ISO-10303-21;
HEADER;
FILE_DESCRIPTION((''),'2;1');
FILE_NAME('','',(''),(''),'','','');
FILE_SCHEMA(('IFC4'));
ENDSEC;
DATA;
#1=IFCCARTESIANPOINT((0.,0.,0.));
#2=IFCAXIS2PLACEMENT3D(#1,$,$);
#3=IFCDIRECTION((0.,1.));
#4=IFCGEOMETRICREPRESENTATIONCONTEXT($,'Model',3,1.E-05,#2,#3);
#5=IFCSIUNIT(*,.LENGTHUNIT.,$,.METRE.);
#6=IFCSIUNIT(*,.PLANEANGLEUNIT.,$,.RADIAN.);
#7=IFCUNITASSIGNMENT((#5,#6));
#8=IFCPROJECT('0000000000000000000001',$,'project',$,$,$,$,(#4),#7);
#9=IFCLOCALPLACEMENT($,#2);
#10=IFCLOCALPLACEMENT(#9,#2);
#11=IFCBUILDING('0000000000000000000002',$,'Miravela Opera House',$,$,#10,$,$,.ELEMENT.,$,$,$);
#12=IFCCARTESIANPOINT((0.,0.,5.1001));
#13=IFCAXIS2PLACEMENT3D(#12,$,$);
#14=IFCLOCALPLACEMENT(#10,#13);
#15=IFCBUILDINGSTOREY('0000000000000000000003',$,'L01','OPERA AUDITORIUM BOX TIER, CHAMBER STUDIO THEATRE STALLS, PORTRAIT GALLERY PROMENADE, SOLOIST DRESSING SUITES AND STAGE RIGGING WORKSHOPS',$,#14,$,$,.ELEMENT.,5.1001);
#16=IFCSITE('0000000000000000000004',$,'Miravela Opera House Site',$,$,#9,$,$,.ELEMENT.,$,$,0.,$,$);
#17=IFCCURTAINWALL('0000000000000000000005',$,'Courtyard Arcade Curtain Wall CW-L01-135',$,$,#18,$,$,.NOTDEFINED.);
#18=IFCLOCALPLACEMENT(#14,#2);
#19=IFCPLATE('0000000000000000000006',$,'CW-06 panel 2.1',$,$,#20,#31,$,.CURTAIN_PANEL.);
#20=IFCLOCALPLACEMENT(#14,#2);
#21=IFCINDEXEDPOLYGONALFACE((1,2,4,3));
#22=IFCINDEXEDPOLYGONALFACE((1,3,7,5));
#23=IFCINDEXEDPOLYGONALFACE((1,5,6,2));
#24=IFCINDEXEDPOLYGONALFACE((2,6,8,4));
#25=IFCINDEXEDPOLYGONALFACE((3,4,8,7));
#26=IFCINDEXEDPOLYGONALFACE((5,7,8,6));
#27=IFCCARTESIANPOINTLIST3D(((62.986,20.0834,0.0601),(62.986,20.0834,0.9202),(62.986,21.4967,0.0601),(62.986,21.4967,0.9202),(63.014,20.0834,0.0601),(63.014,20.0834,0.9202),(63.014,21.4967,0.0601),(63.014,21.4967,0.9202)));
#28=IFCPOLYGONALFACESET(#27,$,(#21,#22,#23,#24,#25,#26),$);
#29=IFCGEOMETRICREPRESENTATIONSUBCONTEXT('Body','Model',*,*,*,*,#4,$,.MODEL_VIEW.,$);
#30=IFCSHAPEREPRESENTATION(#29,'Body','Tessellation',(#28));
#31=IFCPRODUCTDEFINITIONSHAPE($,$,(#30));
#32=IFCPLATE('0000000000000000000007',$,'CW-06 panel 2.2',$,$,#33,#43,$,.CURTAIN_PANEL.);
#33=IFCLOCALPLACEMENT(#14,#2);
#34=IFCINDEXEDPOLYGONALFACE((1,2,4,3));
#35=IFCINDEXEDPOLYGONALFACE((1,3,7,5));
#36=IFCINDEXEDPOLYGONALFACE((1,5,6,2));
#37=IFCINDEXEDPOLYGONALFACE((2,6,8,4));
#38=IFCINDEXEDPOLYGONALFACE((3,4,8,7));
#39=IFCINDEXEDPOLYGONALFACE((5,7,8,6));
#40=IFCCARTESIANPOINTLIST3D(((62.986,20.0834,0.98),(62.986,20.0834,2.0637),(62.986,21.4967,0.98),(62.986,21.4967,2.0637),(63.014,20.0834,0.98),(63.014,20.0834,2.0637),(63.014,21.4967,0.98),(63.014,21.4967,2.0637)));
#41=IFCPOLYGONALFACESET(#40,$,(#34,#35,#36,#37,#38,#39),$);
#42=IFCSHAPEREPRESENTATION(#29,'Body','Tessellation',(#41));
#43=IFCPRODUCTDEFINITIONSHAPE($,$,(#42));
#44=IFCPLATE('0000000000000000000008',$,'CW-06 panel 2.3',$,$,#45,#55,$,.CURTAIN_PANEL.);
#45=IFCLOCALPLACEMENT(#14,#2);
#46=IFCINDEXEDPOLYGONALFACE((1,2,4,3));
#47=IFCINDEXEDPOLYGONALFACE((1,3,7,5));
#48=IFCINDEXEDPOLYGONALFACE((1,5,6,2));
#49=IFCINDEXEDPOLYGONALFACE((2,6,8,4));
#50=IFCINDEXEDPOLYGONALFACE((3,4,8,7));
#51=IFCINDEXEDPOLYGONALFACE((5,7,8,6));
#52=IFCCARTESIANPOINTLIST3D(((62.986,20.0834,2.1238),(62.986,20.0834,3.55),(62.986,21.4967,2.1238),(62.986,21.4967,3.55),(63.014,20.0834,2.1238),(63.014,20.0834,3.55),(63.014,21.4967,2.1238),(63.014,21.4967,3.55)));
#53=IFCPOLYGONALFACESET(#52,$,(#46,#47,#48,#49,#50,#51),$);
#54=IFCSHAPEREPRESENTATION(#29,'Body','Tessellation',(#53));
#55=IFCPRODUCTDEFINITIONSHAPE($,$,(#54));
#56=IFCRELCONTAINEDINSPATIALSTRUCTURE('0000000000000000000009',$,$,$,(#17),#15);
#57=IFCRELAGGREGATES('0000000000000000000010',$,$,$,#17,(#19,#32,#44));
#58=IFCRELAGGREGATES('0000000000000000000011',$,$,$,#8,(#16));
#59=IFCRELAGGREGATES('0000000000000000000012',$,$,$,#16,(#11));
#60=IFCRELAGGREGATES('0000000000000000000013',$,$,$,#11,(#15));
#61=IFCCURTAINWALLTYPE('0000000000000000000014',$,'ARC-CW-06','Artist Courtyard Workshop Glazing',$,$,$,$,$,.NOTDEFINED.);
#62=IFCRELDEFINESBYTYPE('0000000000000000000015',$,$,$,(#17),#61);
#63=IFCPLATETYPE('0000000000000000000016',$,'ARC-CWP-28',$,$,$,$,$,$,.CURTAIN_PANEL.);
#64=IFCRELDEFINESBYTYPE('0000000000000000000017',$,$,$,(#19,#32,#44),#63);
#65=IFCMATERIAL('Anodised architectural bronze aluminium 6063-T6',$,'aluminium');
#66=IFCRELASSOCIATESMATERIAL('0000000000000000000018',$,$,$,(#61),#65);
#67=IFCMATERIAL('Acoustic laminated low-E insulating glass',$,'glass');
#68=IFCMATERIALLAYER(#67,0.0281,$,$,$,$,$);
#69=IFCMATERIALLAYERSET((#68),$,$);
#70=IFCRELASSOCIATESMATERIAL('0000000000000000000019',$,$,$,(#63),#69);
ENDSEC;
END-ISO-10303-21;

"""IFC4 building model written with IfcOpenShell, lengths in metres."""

from ifc_helpers import new_model, si_unit, direction, frame, origin, origin_2d, place, context, subcontext, project, spatial, rectangle, extrude, material, layer, layer_set, type_object, element, aggregate, save


model = new_model("IFC4")

# Units and contexts
model_context = context("Model", 3, precision=1e-05, world=origin(), true_north=direction((0.0, 1.0)))
body_context = subcontext(model_context, "Body", "Model", "MODEL_VIEW")
ifc_project = project(units=[si_unit("LENGTHUNIT", "METRE"), si_unit("PLANEANGLEUNIT", "RADIAN")], contexts=[model_context])

# Site, building, storey
site_placement = place(None, origin())
site = spatial("IfcSite", under=ifc_project, at=site_placement, Name="Miravela Opera House Site", CompositionType="ELEMENT", RefElevation=0.0)
building_placement = place(site_placement, origin())
building = spatial("IfcBuilding", under=site, at=building_placement, Name="Miravela Opera House", CompositionType="ELEMENT")
storey_placement = place(building_placement, frame((0.0, 0.0, 5.1001)))
storey = spatial("IfcBuildingStorey", under=building, at=storey_placement, Name="L01", Description="OPERA AUDITORIUM BOX TIER, CHAMBER STUDIO THEATRE STALLS, PORTRAIT GALLERY PROMENADE, SOLOIST DRESSING SUITES AND STAGE RIGGING WORKSHOPS", CompositionType="ELEMENT", Elevation=5.1001)

# Shared definitions
ifc_material_1 = material(Name="Anodised architectural bronze aluminium 6063-T6", Category="aluminium")
curtain_wall_type = type_object("IfcCurtainWallType", Name="ARC-CW-06", Description="Artist Courtyard Workshop Glazing", PredefinedType="NOTDEFINED", material=ifc_material_1)

# Curtain wall
curtain_wall_1_placement = place(storey_placement, origin())
curtain_wall_1 = element("IfcCurtainWall", 1, at=curtain_wall_1_placement, inside=storey, type_object=curtain_wall_type, Name="Courtyard Arcade Curtain Wall CW-L01-135", PredefinedType="NOTDEFINED")

# Plates
ifc_material_2 = material(Name="Acoustic laminated low-E insulating glass", Category="glass")
ifc_layer = layer(ifc_material_2, 0.0281)
ifc_layer_set = layer_set([ifc_layer])
plate_type = type_object("IfcPlateType", Name="ARC-CWP-28", PredefinedType="CURTAIN_PANEL", material=ifc_layer_set)
plate_1_placement = place(storey_placement, frame((63.0, 20.79, 0.0601), z_axis=(0.0, 0.0, 1.0), x_axis=(0.0, 1.0, 0.0)))
plate_1 = element("IfcPlate", 2, at=plate_1_placement, type_object=plate_type, Name="CW-06 panel 2.1", PredefinedType="CURTAIN_PANEL", context=body_context, shape_type="SweptSolid", body=[
    extrude(rectangle(XDim=1.4133, YDim=0.0281, at=origin_2d()), origin(), (0.0, 0.0, 1.0), 0.8601),
])
plate_2_placement = place(storey_placement, frame((63.0, 20.79, 0.98), z_axis=(0.0, 0.0, 1.0), x_axis=(0.0, 1.0, 0.0)))
plate_2 = element("IfcPlate", 3, at=plate_2_placement, type_object=plate_type, Name="CW-06 panel 2.2", PredefinedType="CURTAIN_PANEL", context=body_context, shape_type="SweptSolid", body=[
    extrude(rectangle(XDim=1.4133, YDim=0.0281, at=origin_2d()), origin(), (0.0, 0.0, 1.0), 1.0837),
])
plate_3_placement = place(storey_placement, frame((63.0, 20.79, 2.1238), z_axis=(0.0, 0.0, 1.0), x_axis=(0.0, 1.0, 0.0)))
plate_3 = element("IfcPlate", 4, at=plate_3_placement, type_object=plate_type, Name="CW-06 panel 2.3", PredefinedType="CURTAIN_PANEL", context=body_context, shape_type="SweptSolid", body=[
    extrude(rectangle(XDim=1.4133, YDim=0.0281, at=origin_2d()), origin(), (0.0, 0.0, 1.0), 1.4263),
])
aggregate(curtain_wall_1, [plate_1, plate_2, plate_3])

save(model, "model.ifc")
